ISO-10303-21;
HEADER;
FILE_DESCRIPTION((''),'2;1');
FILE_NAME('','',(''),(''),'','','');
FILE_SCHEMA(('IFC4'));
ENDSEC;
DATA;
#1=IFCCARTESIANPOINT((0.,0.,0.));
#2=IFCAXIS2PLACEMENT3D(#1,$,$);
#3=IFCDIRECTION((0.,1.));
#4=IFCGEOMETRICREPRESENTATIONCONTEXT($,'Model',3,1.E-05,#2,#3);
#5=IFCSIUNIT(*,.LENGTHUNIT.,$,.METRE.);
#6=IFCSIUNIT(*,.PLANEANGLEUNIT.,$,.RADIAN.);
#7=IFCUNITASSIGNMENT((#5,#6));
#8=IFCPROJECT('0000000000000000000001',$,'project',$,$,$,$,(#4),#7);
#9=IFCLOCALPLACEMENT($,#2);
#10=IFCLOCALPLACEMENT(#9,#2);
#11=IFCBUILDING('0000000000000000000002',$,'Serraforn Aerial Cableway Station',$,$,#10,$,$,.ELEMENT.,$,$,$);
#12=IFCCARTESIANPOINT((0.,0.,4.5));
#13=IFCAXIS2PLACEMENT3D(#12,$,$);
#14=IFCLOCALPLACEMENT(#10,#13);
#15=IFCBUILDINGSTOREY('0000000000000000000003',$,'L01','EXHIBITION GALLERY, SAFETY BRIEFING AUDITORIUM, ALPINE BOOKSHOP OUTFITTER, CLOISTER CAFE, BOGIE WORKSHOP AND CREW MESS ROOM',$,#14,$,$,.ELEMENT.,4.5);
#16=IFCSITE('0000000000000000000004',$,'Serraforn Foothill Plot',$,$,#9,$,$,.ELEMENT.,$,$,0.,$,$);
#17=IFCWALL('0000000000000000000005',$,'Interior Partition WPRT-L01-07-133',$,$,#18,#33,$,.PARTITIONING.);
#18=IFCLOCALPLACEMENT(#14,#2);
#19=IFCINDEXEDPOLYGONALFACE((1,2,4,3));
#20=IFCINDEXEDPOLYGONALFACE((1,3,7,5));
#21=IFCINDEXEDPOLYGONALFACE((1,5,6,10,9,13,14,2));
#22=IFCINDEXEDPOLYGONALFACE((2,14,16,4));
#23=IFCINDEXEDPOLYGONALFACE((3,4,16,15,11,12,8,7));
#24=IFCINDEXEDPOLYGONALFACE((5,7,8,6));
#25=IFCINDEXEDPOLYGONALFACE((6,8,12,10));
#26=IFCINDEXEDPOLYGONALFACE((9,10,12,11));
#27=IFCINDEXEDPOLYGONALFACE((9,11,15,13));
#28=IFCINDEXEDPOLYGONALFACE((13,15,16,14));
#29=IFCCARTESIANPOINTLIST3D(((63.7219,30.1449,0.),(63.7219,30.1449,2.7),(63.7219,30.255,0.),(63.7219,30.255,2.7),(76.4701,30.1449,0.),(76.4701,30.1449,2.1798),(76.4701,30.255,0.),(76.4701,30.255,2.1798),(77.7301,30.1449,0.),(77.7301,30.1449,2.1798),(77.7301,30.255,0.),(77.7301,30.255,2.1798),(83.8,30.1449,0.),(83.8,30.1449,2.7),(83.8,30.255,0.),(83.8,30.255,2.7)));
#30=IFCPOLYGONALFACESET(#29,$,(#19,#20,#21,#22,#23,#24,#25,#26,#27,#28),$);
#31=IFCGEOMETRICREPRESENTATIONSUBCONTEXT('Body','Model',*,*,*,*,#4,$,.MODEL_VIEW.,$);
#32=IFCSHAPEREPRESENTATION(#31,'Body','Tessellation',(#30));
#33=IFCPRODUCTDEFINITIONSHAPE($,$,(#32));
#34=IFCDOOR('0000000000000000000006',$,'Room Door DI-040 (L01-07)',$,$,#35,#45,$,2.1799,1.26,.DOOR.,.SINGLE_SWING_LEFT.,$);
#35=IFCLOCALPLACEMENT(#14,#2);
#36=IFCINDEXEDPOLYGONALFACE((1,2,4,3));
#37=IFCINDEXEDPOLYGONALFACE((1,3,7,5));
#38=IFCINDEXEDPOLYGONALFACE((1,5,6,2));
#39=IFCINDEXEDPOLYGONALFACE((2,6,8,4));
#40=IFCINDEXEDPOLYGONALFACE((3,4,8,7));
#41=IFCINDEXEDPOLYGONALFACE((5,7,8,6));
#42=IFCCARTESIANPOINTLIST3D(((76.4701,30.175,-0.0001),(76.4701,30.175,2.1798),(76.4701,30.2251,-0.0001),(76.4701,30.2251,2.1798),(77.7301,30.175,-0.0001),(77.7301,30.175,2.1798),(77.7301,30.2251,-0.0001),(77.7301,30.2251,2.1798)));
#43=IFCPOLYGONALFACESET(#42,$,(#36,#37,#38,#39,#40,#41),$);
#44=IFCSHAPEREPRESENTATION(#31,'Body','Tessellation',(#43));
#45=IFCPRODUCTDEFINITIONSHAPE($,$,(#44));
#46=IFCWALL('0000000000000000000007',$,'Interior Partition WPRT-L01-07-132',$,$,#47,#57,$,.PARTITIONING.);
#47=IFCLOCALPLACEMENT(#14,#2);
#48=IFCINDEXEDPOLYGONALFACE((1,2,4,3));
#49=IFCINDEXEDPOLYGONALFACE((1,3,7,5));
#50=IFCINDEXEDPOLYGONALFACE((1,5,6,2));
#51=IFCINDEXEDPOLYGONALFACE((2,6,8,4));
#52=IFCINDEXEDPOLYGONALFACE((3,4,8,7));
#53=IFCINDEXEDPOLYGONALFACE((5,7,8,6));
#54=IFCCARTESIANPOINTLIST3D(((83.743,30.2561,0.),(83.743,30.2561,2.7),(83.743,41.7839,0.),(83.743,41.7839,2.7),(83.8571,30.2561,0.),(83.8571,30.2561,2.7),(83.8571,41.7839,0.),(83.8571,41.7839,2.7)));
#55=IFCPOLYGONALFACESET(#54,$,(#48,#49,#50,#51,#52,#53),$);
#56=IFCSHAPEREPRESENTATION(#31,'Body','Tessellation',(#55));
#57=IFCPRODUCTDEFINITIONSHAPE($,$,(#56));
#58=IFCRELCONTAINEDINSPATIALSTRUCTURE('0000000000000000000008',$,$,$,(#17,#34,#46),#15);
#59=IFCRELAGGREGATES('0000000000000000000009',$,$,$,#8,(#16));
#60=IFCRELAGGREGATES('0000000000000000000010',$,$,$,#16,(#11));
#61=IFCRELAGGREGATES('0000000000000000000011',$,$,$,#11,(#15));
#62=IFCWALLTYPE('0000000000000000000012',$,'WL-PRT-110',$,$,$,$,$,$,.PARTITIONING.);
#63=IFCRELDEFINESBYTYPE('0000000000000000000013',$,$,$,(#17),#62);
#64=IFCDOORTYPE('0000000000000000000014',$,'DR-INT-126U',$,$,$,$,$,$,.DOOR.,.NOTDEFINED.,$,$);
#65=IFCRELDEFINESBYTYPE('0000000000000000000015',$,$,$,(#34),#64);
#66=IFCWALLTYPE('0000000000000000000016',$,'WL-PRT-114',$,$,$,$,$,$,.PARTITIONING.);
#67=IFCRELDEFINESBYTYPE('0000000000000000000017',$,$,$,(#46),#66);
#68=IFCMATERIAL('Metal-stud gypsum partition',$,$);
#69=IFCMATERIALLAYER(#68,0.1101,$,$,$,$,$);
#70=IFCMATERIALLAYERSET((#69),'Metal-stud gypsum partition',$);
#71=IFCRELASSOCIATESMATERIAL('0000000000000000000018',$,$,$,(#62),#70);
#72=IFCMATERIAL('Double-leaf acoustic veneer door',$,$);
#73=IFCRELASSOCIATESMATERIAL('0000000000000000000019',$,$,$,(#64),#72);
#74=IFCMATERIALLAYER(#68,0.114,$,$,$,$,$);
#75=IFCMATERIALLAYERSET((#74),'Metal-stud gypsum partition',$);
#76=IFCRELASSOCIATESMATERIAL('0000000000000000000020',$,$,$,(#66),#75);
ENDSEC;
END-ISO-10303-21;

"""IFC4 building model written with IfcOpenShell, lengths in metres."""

from ifc_helpers import new_model, si_unit, direction, frame, frame_2d, origin, place, context, subcontext, project, spatial, rectangle, extrude, material, layer, layer_set, type_object, element, fill, save


model = new_model("IFC4")

# Units and contexts
model_context = context("Model", 3, precision=1e-05, world=origin(), true_north=direction((0.0, 1.0)))
body_context = subcontext(model_context, "Body", "Model", "MODEL_VIEW")
ifc_project = project(units=[si_unit("LENGTHUNIT", "METRE"), si_unit("PLANEANGLEUNIT", "RADIAN")], contexts=[model_context])

# Site, building, storey
site_placement = place(None, origin())
site = spatial("IfcSite", under=ifc_project, at=site_placement, Name="Serraforn Foothill Plot", CompositionType="ELEMENT", RefElevation=0.0)
building_placement = place(site_placement, origin())
building = spatial("IfcBuilding", under=site, at=building_placement, Name="Serraforn Aerial Cableway Station", CompositionType="ELEMENT")
storey_placement = place(building_placement, frame((0.0, 0.0, 4.5)))
storey = spatial("IfcBuildingStorey", under=building, at=storey_placement, Name="L01", Description="EXHIBITION GALLERY, SAFETY BRIEFING AUDITORIUM, ALPINE BOOKSHOP OUTFITTER, CLOISTER CAFE, BOGIE WORKSHOP AND CREW MESS ROOM", CompositionType="ELEMENT", Elevation=4.5)

# Wall, opening, door
ifc_material_1 = material(Name="Metal-stud gypsum partition")
ifc_layer_1 = layer(ifc_material_1, 0.1101)
ifc_layer_set_1 = layer_set([ifc_layer_1], Name="Metal-stud gypsum partition")
wall_type_1 = type_object("IfcWallType", Name="WL-PRT-110", PredefinedType="PARTITIONING", material=ifc_layer_set_1)
wall_1_placement = place(storey_placement, frame((83.8, 30.2, 0.0), z_axis=(0.0, 0.0, 1.0), x_axis=(-1.0, 0.0, 0.0)))
wall_1 = element("IfcWall", 1, at=wall_1_placement, inside=storey, type_object=wall_type_1, Name="Interior Partition WPRT-L01-07-133", PredefinedType="PARTITIONING", context=body_context, shape_type="SweptSolid", body=[
    extrude(rectangle(XDim=20.0781, YDim=0.1101, at=frame_2d((10.0391, 0.0))), origin(), (0.0, 0.0, 1.0), 2.7),
])
opening_1_placement = place(wall_1_placement, frame((6.0701, 0.0, 0.0)))
opening_1 = element("IfcOpeningElement", 2, at=opening_1_placement, cuts=wall_1, PredefinedType="OPENING", context=body_context, shape_type="SweptSolid", body=[
    extrude(rectangle(XDim=1.26, YDim=2.1799, at=frame_2d((0.6299, 1.0898))), frame((0.0, 0.0649, 0.0), z_axis=(0.0, -1.0, 0.0), x_axis=(1.0, 0.0, 0.0)), (0.0, 0.0, 1.0), 0.1301),
])
ifc_material_2 = material(Name="Double-leaf acoustic veneer door")
door_type_1 = type_object("IfcDoorType", Name="DR-INT-126U", OperationType="NOTDEFINED", PredefinedType="DOOR", material=ifc_material_2)
door_1_placement = place(opening_1_placement, origin())
door_1 = element("IfcDoor", 3, at=door_1_placement, inside=storey, type_object=door_type_1, Name="Room Door DI-040 (L01-07)", OperationType="SINGLE_SWING_LEFT", OverallHeight=2.1799, OverallWidth=1.26, PredefinedType="DOOR", context=body_context, shape_type="SweptSolid", body=[
    extrude(rectangle(XDim=1.26, YDim=2.1799, at=frame_2d((0.6299, 1.0898))), frame((0.0, 0.0249, 0.0), z_axis=(0.0, -1.0, 0.0), x_axis=(1.0, 0.0, 0.0)), (0.0, 0.0, 1.0), 0.05),
])
fill(opening_1, door_1)

# Wall
ifc_layer_2 = layer(ifc_material_1, 0.114)
ifc_layer_set_2 = layer_set([ifc_layer_2], Name="Metal-stud gypsum partition")
wall_type_2 = type_object("IfcWallType", Name="WL-PRT-114", PredefinedType="PARTITIONING", material=ifc_layer_set_2)
wall_2_placement = place(storey_placement, frame((83.8, 41.7839, 0.0), z_axis=(0.0, 0.0, 1.0), x_axis=(0.0, -1.0, 0.0)))
element("IfcWall", 4, at=wall_2_placement, inside=storey, type_object=wall_type_2, Name="Interior Partition WPRT-L01-07-132", PredefinedType="PARTITIONING", context=body_context, shape_type="SweptSolid", body=[
    extrude(rectangle(XDim=11.5278, YDim=0.114, at=frame_2d((5.7639, 0.0))), origin(), (0.0, 0.0, 1.0), 2.7),
])

save(model, "model.ifc")
